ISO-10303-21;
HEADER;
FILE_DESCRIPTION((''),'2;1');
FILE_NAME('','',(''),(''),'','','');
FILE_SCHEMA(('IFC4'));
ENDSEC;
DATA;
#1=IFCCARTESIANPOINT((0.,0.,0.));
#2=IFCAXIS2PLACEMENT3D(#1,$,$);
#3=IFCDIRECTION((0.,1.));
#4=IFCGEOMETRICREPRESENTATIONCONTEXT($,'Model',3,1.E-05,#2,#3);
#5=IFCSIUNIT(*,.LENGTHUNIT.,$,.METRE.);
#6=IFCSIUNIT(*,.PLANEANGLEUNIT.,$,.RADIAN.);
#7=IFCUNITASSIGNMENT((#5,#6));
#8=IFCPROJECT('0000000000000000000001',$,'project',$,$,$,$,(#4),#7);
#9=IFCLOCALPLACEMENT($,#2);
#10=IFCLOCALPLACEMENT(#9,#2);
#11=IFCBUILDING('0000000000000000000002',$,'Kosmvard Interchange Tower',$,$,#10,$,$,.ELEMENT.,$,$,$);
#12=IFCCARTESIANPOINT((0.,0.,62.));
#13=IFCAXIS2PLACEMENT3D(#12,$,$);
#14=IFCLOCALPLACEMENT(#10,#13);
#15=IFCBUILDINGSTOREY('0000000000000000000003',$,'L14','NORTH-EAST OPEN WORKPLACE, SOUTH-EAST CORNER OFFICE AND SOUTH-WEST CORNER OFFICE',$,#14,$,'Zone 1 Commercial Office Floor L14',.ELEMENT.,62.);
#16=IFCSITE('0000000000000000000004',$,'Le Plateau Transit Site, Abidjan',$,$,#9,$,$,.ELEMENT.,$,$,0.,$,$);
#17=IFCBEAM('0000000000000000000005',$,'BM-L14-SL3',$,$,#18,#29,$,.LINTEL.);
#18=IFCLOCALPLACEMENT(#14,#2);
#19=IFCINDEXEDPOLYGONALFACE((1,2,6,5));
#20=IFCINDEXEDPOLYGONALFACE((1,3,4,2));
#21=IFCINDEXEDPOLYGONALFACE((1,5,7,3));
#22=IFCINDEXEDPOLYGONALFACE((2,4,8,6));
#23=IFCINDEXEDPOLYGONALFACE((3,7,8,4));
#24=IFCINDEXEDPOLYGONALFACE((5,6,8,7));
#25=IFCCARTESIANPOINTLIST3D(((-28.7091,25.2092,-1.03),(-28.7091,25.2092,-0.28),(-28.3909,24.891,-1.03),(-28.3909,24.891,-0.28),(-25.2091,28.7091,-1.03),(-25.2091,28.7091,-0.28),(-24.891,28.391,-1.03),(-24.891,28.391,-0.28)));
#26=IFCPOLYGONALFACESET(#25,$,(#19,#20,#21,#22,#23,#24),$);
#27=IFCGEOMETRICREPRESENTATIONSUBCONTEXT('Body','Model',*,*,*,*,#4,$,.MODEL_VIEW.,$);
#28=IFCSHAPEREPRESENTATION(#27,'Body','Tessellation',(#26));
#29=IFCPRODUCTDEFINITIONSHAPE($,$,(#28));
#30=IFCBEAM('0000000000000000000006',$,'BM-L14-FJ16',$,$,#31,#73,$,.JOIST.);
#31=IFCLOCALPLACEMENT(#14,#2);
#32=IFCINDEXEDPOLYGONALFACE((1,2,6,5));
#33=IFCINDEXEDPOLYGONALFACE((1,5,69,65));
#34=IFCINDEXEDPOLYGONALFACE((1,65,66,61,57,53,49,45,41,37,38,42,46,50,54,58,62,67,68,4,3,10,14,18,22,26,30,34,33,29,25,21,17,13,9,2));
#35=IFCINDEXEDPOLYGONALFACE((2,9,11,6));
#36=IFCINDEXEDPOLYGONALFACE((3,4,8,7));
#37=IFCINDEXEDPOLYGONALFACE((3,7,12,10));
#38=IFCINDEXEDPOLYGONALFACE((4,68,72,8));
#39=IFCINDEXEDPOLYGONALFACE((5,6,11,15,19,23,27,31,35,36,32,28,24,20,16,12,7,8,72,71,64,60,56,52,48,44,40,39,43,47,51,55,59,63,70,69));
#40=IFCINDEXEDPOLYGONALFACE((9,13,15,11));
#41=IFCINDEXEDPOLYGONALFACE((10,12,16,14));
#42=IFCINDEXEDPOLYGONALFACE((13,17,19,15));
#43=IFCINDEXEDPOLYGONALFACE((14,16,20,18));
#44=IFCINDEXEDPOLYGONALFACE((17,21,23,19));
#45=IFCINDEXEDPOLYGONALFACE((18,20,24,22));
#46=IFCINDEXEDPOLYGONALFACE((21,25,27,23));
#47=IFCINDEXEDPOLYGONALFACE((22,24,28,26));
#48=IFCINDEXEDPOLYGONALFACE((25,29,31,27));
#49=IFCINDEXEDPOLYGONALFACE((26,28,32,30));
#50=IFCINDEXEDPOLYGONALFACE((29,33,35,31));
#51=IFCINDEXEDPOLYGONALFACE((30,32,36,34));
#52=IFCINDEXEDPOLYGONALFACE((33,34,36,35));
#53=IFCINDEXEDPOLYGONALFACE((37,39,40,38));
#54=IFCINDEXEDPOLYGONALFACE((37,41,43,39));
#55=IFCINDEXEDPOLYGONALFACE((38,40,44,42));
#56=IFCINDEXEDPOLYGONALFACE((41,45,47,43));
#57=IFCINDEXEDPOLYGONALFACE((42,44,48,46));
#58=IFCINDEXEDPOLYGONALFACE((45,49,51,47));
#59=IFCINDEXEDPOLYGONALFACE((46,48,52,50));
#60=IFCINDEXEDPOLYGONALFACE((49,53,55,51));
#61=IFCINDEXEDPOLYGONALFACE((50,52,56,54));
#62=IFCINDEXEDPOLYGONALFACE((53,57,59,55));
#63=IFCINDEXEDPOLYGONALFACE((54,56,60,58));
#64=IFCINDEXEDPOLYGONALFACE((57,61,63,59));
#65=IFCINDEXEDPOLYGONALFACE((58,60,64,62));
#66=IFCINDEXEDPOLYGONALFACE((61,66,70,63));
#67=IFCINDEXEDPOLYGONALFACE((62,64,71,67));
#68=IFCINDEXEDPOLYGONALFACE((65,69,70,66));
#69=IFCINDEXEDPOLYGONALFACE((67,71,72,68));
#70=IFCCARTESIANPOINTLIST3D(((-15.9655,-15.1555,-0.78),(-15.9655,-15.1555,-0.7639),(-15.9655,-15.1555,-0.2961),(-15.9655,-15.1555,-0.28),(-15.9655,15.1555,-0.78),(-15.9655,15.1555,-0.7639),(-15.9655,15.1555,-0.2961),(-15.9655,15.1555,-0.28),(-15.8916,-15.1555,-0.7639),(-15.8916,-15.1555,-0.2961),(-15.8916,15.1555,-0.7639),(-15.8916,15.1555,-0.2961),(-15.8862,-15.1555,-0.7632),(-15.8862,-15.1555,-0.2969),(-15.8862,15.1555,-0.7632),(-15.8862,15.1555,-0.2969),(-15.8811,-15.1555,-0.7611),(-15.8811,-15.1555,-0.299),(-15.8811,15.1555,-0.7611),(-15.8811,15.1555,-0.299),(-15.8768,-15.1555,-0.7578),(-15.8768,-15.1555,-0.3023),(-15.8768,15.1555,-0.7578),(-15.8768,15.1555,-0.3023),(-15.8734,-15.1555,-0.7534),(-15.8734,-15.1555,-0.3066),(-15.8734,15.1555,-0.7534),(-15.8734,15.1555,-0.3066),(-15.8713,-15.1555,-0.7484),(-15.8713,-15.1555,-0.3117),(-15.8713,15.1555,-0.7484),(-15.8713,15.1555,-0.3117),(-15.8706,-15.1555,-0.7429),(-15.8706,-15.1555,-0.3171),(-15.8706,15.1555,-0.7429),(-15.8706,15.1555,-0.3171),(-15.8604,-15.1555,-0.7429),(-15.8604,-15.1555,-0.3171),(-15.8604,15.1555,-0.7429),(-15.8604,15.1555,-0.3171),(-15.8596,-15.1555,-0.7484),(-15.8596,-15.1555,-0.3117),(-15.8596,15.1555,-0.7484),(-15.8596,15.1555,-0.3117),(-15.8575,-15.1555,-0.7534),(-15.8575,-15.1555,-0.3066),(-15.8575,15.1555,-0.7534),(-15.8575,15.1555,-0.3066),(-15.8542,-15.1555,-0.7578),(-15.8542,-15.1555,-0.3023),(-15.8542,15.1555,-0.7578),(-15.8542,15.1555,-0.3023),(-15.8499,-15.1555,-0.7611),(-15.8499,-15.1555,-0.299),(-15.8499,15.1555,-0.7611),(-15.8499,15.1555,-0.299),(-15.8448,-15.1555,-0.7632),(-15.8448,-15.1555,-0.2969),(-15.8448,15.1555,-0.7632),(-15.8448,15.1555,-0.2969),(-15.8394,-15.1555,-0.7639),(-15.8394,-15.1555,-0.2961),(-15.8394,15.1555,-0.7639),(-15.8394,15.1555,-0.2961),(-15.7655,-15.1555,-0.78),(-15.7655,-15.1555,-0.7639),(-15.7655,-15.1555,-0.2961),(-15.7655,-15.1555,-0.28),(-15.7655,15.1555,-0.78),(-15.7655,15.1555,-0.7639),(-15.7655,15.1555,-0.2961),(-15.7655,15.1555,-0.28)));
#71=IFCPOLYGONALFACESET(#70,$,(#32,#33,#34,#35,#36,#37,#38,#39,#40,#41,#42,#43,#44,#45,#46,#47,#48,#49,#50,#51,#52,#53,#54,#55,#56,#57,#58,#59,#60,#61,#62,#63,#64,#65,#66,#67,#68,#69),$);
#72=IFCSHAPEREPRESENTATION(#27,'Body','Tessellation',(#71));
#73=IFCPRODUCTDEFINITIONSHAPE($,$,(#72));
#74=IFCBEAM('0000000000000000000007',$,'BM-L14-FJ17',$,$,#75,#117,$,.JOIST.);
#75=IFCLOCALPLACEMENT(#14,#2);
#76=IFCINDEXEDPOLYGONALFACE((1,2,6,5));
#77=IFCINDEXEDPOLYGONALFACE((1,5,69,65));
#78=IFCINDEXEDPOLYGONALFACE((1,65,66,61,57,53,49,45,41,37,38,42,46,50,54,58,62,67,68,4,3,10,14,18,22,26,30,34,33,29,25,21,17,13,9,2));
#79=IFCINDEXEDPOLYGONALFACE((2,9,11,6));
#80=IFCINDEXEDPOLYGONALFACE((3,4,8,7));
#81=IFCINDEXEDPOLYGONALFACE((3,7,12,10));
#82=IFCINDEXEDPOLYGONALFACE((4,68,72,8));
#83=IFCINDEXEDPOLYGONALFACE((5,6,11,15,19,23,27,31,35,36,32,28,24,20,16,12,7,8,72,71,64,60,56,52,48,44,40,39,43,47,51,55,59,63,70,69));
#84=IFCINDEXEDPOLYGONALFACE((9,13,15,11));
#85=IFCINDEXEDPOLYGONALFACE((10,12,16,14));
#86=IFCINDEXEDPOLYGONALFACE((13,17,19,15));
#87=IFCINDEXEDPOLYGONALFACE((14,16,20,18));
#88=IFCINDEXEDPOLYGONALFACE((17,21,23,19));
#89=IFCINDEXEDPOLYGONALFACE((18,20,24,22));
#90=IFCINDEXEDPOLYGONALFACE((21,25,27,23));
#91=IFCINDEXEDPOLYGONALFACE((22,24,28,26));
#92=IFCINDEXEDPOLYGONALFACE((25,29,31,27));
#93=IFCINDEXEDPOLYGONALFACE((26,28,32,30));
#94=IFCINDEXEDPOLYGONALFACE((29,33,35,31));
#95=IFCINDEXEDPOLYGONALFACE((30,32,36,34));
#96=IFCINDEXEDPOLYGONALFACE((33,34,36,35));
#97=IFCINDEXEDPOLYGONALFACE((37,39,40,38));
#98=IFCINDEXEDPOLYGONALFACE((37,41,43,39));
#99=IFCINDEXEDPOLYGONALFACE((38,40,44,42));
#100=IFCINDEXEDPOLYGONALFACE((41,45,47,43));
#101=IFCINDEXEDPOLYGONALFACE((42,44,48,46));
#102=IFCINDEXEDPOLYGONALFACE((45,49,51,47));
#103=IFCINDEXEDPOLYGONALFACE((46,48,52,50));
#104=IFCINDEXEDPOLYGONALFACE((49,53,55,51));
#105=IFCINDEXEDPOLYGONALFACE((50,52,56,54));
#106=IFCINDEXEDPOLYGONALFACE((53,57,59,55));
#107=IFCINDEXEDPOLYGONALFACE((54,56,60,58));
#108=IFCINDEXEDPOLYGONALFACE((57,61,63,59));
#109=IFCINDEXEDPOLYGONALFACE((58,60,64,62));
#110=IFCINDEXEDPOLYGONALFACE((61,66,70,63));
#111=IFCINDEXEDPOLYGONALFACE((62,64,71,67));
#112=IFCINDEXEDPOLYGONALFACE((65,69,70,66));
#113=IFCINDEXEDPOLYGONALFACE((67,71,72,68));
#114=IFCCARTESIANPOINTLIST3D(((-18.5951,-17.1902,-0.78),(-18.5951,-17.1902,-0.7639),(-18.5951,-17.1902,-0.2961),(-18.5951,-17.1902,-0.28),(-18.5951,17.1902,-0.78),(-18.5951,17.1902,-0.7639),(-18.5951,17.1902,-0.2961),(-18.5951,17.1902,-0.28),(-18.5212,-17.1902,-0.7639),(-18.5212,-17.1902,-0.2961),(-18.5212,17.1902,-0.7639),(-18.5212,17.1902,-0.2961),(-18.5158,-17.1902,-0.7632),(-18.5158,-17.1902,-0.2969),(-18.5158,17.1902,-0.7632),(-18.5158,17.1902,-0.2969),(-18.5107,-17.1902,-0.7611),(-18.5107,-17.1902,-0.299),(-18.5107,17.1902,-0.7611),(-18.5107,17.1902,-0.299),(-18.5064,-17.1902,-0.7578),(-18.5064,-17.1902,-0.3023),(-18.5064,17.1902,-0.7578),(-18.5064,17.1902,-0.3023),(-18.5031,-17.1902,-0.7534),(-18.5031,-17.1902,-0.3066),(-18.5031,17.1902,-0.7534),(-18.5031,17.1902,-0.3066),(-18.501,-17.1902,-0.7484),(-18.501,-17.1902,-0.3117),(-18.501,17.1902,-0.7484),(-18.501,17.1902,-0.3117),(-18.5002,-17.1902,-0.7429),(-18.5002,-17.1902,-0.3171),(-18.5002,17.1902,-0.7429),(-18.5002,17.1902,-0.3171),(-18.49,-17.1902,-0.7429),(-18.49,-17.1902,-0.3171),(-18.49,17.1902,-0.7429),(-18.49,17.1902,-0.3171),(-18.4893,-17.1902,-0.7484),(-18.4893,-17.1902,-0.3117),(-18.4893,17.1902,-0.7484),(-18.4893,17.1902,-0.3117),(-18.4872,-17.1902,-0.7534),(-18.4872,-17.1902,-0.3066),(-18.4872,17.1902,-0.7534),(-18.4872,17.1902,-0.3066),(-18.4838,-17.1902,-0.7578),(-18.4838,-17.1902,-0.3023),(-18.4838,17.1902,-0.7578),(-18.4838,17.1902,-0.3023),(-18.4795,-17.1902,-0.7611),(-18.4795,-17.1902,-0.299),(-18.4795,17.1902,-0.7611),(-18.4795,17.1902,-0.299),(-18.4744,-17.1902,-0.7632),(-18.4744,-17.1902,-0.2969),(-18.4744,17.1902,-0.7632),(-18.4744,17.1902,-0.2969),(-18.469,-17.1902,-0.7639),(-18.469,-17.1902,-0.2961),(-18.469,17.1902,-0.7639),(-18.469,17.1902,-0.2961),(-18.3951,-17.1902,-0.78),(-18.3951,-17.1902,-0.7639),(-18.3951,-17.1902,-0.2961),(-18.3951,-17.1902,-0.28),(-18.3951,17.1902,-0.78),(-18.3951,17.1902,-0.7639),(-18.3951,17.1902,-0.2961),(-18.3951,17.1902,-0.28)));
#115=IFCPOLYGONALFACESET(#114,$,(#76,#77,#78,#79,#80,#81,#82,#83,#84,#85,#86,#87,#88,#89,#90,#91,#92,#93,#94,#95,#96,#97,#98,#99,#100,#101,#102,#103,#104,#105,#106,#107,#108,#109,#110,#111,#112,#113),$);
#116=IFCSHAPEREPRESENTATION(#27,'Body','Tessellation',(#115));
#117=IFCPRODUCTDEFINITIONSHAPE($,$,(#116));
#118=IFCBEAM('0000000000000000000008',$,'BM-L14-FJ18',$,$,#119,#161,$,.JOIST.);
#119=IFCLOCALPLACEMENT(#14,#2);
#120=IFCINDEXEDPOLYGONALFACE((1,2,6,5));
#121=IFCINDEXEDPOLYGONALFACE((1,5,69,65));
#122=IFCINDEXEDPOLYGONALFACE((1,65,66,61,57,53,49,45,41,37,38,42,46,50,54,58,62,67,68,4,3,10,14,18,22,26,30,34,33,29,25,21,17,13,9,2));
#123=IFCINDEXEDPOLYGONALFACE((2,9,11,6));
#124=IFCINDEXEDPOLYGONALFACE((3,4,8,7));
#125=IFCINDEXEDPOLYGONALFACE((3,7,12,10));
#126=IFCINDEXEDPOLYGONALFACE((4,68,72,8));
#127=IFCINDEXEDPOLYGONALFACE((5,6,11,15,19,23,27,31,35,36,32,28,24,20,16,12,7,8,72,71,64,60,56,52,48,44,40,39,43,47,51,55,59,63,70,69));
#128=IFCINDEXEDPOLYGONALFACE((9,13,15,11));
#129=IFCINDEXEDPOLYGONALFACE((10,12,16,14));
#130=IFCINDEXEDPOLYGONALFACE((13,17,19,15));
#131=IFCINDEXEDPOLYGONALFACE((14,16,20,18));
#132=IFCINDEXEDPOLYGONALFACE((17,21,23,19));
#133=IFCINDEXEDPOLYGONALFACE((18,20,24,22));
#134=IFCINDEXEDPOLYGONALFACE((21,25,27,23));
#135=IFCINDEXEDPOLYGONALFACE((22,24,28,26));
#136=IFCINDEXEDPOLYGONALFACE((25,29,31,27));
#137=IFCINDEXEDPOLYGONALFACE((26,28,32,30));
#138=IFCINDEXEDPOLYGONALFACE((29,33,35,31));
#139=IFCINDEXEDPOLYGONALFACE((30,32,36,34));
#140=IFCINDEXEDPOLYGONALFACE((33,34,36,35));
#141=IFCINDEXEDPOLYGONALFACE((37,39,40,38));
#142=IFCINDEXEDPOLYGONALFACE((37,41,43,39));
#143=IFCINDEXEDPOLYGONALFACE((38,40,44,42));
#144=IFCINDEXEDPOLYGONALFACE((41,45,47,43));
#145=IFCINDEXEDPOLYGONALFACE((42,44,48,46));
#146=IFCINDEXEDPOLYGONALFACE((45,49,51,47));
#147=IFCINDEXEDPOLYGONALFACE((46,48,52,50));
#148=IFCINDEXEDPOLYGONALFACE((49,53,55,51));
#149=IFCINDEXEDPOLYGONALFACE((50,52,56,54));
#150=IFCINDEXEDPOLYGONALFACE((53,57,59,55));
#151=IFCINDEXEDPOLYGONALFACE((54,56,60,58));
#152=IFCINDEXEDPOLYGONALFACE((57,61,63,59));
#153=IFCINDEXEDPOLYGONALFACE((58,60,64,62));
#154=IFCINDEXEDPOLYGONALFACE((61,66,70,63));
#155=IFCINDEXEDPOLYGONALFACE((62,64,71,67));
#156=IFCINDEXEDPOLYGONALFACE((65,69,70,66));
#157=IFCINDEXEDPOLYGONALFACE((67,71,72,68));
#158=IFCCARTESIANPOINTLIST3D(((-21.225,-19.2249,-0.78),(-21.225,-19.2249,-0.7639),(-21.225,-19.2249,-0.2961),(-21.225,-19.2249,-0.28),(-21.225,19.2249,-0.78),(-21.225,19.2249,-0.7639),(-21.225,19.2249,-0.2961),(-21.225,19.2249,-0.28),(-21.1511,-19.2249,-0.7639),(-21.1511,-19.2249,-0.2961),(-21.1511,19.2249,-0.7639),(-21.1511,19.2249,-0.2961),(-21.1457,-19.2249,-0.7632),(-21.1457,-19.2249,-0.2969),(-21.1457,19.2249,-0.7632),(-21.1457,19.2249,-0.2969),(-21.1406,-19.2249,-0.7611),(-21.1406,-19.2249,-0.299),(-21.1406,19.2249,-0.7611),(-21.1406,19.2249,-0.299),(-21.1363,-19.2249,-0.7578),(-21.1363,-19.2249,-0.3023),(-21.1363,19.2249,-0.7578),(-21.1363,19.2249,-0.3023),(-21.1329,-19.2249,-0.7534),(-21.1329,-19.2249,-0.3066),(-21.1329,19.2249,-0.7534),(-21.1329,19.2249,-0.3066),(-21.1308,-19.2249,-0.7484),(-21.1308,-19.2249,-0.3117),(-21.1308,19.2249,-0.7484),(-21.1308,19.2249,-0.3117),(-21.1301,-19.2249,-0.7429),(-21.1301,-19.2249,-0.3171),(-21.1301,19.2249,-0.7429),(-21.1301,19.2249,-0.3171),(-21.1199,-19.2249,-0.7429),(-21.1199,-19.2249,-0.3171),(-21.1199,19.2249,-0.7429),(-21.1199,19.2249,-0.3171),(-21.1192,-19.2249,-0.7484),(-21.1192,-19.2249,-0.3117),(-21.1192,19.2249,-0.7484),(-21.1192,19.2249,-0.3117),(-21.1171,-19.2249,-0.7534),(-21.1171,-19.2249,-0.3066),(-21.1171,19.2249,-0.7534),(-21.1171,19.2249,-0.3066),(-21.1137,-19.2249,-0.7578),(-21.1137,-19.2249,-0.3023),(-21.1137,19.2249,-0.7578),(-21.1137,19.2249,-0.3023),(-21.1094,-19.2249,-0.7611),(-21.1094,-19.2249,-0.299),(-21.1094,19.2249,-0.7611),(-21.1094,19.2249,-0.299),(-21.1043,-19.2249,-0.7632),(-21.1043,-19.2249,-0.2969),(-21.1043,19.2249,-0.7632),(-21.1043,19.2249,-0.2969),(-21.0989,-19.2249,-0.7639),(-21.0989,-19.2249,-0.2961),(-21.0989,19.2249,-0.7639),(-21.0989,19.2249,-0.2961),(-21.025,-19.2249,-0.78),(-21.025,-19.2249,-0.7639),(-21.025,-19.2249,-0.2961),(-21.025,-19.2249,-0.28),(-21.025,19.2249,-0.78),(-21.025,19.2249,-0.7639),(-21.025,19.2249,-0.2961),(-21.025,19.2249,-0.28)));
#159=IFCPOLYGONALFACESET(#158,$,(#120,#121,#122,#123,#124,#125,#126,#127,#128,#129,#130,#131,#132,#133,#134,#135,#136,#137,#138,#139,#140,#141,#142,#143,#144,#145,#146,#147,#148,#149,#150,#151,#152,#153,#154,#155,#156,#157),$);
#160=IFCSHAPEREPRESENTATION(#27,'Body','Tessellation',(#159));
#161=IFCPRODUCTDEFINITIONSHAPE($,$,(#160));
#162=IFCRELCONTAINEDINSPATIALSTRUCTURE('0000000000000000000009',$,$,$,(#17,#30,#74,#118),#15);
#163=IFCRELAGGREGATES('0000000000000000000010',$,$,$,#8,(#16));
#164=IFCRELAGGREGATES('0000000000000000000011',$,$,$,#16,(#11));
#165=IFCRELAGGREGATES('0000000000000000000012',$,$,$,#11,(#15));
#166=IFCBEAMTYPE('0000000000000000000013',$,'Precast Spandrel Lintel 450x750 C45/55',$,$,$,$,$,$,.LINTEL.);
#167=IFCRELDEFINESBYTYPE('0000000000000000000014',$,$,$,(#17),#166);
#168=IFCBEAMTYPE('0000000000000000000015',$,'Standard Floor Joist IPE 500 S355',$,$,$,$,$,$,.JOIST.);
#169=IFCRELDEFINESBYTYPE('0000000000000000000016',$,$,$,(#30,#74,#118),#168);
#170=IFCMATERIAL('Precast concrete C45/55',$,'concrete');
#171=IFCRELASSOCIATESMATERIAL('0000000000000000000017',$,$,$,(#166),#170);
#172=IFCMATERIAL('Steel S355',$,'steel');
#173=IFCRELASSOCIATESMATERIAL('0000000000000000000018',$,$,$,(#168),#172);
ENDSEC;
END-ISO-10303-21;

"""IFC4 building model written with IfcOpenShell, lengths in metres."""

from ifc_helpers import new_model, si_unit, direction, frame, origin, origin_2d, place, context, subcontext, project, spatial, rectangle, i_section, extrude, source, transform, mapped, material, material_profile, profile_set, type_object, element, save


model = new_model("IFC4")

# Units and contexts
model_context = context("Model", 3, precision=1e-05, world=origin(), true_north=direction((0.0, 1.0)))
body_context = subcontext(model_context, "Body", "Model", "MODEL_VIEW")
ifc_project = project(units=[si_unit("LENGTHUNIT", "METRE"), si_unit("PLANEANGLEUNIT", "RADIAN")], contexts=[model_context])

# Site, building, storey
site_placement = place(None, origin())
site = spatial("IfcSite", under=ifc_project, at=site_placement, Name="Le Plateau Transit Site, Abidjan", CompositionType="ELEMENT", RefElevation=0.0)
building_placement = place(site_placement, origin())
building = spatial("IfcBuilding", under=site, at=building_placement, Name="Kosmvard Interchange Tower", CompositionType="ELEMENT")
storey_placement = place(building_placement, frame((0.0, 0.0, 62.0)))
storey = spatial("IfcBuildingStorey", under=building, at=storey_placement, Name="L14", Description="NORTH-EAST OPEN WORKPLACE, SOUTH-EAST CORNER OFFICE AND SOUTH-WEST CORNER OFFICE", LongName="Zone 1 Commercial Office Floor L14", CompositionType="ELEMENT", Elevation=62.0)

# Beams
ifc_material_1 = material(Name="Steel S355", Category="steel")
ifc_material_2 = material(Name="Precast concrete C45/55", Category="concrete")
ifc_material_profile_1 = material_profile(ifc_material_2, rectangle(XDim=0.45, YDim=0.75, at=origin_2d()), Name="SL 450x750")
ifc_profile_set_1 = profile_set([ifc_material_profile_1], Name="Precast concrete C45/55")
beam_type_1 = type_object("IfcBeamType", Name="Precast Spandrel Lintel 450x750 C45/55", PredefinedType="LINTEL", material=ifc_profile_set_1)
shared_shape_1 = source(origin(), body_context, "Body", "SweptSolid", [
    extrude(rectangle(XDim=0.45, YDim=0.75, at=origin_2d()), origin(), (0.0, 0.0, 1.0), 4.9497),
])
beam_1_placement = place(storey_placement, frame((-25.05, 28.55, -0.655), z_axis=(-0.707107, -0.707107, 0.0), x_axis=(0.707107, -0.707107, 0.0)))
element("IfcBeam", 1, at=beam_1_placement, inside=storey, type_object=beam_type_1, Name="BM-L14-SL3", PredefinedType="LINTEL", context=body_context, shape_type="MappedRepresentation", body=[
    mapped(shared_shape_1, transform((0.0, 0.0, 0.0), scale=1.0)),
])
ifc_material_profile_2 = material_profile(ifc_material_1, i_section(OverallWidth=0.2, OverallDepth=0.5, WebThickness=0.0103, FlangeThickness=0.0161, FilletRadius=0.021, at=origin_2d()), Name="IPE 500")
ifc_profile_set_2 = profile_set([ifc_material_profile_2], Name="Steel S355")
beam_type_2 = type_object("IfcBeamType", Name="Standard Floor Joist IPE 500 S355", PredefinedType="JOIST", material=ifc_profile_set_2)
shared_shape_2 = source(origin(), body_context, "Body", "SweptSolid", [
    extrude(i_section(OverallWidth=0.2, OverallDepth=0.5, WebThickness=0.0103, FlangeThickness=0.0161, FilletRadius=0.021, at=origin_2d()), origin(), (0.0, 0.0, 1.0), 30.311),
])
beam_2_placement = place(storey_placement, frame((-15.8655, 15.1555, -0.53), z_axis=(0.0, -1.0, 0.0), x_axis=(1.0, 0.0, 0.0)))
element("IfcBeam", 2, at=beam_2_placement, inside=storey, type_object=beam_type_2, Name="BM-L14-FJ16", PredefinedType="JOIST", context=body_context, shape_type="MappedRepresentation", body=[
    mapped(shared_shape_2, transform((0.0, 0.0, 0.0), scale=1.0)),
])
shared_shape_3 = source(origin(), body_context, "Body", "SweptSolid", [
    extrude(i_section(OverallWidth=0.2, OverallDepth=0.5, WebThickness=0.0103, FlangeThickness=0.0161, FilletRadius=0.021, at=origin_2d()), origin(), (0.0, 0.0, 1.0), 34.3804),
])
beam_3_placement = place(storey_placement, frame((-18.4951, 17.1902, -0.53), z_axis=(0.0, -1.0, 0.0), x_axis=(1.0, 0.0, 0.0)))
element("IfcBeam", 3, at=beam_3_placement, inside=storey, type_object=beam_type_2, Name="BM-L14-FJ17", PredefinedType="JOIST", context=body_context, shape_type="MappedRepresentation", body=[
    mapped(shared_shape_3, transform((0.0, 0.0, 0.0), scale=1.0)),
])
shared_shape_4 = source(origin(), body_context, "Body", "SweptSolid", [
    extrude(i_section(OverallWidth=0.2, OverallDepth=0.5, WebThickness=0.0103, FlangeThickness=0.0161, FilletRadius=0.021, at=origin_2d()), origin(), (0.0, 0.0, 1.0), 38.4497),
])
beam_4_placement = place(storey_placement, frame((-21.125, 19.2249, -0.53), z_axis=(0.0, -1.0, 0.0), x_axis=(1.0, 0.0, 0.0)))
element("IfcBeam", 4, at=beam_4_placement, inside=storey, type_object=beam_type_2, Name="BM-L14-FJ18", PredefinedType="JOIST", context=body_context, shape_type="MappedRepresentation", body=[
    mapped(shared_shape_4, transform((0.0, 0.0, 0.0), scale=1.0)),
])

save(model, "model.ifc")
